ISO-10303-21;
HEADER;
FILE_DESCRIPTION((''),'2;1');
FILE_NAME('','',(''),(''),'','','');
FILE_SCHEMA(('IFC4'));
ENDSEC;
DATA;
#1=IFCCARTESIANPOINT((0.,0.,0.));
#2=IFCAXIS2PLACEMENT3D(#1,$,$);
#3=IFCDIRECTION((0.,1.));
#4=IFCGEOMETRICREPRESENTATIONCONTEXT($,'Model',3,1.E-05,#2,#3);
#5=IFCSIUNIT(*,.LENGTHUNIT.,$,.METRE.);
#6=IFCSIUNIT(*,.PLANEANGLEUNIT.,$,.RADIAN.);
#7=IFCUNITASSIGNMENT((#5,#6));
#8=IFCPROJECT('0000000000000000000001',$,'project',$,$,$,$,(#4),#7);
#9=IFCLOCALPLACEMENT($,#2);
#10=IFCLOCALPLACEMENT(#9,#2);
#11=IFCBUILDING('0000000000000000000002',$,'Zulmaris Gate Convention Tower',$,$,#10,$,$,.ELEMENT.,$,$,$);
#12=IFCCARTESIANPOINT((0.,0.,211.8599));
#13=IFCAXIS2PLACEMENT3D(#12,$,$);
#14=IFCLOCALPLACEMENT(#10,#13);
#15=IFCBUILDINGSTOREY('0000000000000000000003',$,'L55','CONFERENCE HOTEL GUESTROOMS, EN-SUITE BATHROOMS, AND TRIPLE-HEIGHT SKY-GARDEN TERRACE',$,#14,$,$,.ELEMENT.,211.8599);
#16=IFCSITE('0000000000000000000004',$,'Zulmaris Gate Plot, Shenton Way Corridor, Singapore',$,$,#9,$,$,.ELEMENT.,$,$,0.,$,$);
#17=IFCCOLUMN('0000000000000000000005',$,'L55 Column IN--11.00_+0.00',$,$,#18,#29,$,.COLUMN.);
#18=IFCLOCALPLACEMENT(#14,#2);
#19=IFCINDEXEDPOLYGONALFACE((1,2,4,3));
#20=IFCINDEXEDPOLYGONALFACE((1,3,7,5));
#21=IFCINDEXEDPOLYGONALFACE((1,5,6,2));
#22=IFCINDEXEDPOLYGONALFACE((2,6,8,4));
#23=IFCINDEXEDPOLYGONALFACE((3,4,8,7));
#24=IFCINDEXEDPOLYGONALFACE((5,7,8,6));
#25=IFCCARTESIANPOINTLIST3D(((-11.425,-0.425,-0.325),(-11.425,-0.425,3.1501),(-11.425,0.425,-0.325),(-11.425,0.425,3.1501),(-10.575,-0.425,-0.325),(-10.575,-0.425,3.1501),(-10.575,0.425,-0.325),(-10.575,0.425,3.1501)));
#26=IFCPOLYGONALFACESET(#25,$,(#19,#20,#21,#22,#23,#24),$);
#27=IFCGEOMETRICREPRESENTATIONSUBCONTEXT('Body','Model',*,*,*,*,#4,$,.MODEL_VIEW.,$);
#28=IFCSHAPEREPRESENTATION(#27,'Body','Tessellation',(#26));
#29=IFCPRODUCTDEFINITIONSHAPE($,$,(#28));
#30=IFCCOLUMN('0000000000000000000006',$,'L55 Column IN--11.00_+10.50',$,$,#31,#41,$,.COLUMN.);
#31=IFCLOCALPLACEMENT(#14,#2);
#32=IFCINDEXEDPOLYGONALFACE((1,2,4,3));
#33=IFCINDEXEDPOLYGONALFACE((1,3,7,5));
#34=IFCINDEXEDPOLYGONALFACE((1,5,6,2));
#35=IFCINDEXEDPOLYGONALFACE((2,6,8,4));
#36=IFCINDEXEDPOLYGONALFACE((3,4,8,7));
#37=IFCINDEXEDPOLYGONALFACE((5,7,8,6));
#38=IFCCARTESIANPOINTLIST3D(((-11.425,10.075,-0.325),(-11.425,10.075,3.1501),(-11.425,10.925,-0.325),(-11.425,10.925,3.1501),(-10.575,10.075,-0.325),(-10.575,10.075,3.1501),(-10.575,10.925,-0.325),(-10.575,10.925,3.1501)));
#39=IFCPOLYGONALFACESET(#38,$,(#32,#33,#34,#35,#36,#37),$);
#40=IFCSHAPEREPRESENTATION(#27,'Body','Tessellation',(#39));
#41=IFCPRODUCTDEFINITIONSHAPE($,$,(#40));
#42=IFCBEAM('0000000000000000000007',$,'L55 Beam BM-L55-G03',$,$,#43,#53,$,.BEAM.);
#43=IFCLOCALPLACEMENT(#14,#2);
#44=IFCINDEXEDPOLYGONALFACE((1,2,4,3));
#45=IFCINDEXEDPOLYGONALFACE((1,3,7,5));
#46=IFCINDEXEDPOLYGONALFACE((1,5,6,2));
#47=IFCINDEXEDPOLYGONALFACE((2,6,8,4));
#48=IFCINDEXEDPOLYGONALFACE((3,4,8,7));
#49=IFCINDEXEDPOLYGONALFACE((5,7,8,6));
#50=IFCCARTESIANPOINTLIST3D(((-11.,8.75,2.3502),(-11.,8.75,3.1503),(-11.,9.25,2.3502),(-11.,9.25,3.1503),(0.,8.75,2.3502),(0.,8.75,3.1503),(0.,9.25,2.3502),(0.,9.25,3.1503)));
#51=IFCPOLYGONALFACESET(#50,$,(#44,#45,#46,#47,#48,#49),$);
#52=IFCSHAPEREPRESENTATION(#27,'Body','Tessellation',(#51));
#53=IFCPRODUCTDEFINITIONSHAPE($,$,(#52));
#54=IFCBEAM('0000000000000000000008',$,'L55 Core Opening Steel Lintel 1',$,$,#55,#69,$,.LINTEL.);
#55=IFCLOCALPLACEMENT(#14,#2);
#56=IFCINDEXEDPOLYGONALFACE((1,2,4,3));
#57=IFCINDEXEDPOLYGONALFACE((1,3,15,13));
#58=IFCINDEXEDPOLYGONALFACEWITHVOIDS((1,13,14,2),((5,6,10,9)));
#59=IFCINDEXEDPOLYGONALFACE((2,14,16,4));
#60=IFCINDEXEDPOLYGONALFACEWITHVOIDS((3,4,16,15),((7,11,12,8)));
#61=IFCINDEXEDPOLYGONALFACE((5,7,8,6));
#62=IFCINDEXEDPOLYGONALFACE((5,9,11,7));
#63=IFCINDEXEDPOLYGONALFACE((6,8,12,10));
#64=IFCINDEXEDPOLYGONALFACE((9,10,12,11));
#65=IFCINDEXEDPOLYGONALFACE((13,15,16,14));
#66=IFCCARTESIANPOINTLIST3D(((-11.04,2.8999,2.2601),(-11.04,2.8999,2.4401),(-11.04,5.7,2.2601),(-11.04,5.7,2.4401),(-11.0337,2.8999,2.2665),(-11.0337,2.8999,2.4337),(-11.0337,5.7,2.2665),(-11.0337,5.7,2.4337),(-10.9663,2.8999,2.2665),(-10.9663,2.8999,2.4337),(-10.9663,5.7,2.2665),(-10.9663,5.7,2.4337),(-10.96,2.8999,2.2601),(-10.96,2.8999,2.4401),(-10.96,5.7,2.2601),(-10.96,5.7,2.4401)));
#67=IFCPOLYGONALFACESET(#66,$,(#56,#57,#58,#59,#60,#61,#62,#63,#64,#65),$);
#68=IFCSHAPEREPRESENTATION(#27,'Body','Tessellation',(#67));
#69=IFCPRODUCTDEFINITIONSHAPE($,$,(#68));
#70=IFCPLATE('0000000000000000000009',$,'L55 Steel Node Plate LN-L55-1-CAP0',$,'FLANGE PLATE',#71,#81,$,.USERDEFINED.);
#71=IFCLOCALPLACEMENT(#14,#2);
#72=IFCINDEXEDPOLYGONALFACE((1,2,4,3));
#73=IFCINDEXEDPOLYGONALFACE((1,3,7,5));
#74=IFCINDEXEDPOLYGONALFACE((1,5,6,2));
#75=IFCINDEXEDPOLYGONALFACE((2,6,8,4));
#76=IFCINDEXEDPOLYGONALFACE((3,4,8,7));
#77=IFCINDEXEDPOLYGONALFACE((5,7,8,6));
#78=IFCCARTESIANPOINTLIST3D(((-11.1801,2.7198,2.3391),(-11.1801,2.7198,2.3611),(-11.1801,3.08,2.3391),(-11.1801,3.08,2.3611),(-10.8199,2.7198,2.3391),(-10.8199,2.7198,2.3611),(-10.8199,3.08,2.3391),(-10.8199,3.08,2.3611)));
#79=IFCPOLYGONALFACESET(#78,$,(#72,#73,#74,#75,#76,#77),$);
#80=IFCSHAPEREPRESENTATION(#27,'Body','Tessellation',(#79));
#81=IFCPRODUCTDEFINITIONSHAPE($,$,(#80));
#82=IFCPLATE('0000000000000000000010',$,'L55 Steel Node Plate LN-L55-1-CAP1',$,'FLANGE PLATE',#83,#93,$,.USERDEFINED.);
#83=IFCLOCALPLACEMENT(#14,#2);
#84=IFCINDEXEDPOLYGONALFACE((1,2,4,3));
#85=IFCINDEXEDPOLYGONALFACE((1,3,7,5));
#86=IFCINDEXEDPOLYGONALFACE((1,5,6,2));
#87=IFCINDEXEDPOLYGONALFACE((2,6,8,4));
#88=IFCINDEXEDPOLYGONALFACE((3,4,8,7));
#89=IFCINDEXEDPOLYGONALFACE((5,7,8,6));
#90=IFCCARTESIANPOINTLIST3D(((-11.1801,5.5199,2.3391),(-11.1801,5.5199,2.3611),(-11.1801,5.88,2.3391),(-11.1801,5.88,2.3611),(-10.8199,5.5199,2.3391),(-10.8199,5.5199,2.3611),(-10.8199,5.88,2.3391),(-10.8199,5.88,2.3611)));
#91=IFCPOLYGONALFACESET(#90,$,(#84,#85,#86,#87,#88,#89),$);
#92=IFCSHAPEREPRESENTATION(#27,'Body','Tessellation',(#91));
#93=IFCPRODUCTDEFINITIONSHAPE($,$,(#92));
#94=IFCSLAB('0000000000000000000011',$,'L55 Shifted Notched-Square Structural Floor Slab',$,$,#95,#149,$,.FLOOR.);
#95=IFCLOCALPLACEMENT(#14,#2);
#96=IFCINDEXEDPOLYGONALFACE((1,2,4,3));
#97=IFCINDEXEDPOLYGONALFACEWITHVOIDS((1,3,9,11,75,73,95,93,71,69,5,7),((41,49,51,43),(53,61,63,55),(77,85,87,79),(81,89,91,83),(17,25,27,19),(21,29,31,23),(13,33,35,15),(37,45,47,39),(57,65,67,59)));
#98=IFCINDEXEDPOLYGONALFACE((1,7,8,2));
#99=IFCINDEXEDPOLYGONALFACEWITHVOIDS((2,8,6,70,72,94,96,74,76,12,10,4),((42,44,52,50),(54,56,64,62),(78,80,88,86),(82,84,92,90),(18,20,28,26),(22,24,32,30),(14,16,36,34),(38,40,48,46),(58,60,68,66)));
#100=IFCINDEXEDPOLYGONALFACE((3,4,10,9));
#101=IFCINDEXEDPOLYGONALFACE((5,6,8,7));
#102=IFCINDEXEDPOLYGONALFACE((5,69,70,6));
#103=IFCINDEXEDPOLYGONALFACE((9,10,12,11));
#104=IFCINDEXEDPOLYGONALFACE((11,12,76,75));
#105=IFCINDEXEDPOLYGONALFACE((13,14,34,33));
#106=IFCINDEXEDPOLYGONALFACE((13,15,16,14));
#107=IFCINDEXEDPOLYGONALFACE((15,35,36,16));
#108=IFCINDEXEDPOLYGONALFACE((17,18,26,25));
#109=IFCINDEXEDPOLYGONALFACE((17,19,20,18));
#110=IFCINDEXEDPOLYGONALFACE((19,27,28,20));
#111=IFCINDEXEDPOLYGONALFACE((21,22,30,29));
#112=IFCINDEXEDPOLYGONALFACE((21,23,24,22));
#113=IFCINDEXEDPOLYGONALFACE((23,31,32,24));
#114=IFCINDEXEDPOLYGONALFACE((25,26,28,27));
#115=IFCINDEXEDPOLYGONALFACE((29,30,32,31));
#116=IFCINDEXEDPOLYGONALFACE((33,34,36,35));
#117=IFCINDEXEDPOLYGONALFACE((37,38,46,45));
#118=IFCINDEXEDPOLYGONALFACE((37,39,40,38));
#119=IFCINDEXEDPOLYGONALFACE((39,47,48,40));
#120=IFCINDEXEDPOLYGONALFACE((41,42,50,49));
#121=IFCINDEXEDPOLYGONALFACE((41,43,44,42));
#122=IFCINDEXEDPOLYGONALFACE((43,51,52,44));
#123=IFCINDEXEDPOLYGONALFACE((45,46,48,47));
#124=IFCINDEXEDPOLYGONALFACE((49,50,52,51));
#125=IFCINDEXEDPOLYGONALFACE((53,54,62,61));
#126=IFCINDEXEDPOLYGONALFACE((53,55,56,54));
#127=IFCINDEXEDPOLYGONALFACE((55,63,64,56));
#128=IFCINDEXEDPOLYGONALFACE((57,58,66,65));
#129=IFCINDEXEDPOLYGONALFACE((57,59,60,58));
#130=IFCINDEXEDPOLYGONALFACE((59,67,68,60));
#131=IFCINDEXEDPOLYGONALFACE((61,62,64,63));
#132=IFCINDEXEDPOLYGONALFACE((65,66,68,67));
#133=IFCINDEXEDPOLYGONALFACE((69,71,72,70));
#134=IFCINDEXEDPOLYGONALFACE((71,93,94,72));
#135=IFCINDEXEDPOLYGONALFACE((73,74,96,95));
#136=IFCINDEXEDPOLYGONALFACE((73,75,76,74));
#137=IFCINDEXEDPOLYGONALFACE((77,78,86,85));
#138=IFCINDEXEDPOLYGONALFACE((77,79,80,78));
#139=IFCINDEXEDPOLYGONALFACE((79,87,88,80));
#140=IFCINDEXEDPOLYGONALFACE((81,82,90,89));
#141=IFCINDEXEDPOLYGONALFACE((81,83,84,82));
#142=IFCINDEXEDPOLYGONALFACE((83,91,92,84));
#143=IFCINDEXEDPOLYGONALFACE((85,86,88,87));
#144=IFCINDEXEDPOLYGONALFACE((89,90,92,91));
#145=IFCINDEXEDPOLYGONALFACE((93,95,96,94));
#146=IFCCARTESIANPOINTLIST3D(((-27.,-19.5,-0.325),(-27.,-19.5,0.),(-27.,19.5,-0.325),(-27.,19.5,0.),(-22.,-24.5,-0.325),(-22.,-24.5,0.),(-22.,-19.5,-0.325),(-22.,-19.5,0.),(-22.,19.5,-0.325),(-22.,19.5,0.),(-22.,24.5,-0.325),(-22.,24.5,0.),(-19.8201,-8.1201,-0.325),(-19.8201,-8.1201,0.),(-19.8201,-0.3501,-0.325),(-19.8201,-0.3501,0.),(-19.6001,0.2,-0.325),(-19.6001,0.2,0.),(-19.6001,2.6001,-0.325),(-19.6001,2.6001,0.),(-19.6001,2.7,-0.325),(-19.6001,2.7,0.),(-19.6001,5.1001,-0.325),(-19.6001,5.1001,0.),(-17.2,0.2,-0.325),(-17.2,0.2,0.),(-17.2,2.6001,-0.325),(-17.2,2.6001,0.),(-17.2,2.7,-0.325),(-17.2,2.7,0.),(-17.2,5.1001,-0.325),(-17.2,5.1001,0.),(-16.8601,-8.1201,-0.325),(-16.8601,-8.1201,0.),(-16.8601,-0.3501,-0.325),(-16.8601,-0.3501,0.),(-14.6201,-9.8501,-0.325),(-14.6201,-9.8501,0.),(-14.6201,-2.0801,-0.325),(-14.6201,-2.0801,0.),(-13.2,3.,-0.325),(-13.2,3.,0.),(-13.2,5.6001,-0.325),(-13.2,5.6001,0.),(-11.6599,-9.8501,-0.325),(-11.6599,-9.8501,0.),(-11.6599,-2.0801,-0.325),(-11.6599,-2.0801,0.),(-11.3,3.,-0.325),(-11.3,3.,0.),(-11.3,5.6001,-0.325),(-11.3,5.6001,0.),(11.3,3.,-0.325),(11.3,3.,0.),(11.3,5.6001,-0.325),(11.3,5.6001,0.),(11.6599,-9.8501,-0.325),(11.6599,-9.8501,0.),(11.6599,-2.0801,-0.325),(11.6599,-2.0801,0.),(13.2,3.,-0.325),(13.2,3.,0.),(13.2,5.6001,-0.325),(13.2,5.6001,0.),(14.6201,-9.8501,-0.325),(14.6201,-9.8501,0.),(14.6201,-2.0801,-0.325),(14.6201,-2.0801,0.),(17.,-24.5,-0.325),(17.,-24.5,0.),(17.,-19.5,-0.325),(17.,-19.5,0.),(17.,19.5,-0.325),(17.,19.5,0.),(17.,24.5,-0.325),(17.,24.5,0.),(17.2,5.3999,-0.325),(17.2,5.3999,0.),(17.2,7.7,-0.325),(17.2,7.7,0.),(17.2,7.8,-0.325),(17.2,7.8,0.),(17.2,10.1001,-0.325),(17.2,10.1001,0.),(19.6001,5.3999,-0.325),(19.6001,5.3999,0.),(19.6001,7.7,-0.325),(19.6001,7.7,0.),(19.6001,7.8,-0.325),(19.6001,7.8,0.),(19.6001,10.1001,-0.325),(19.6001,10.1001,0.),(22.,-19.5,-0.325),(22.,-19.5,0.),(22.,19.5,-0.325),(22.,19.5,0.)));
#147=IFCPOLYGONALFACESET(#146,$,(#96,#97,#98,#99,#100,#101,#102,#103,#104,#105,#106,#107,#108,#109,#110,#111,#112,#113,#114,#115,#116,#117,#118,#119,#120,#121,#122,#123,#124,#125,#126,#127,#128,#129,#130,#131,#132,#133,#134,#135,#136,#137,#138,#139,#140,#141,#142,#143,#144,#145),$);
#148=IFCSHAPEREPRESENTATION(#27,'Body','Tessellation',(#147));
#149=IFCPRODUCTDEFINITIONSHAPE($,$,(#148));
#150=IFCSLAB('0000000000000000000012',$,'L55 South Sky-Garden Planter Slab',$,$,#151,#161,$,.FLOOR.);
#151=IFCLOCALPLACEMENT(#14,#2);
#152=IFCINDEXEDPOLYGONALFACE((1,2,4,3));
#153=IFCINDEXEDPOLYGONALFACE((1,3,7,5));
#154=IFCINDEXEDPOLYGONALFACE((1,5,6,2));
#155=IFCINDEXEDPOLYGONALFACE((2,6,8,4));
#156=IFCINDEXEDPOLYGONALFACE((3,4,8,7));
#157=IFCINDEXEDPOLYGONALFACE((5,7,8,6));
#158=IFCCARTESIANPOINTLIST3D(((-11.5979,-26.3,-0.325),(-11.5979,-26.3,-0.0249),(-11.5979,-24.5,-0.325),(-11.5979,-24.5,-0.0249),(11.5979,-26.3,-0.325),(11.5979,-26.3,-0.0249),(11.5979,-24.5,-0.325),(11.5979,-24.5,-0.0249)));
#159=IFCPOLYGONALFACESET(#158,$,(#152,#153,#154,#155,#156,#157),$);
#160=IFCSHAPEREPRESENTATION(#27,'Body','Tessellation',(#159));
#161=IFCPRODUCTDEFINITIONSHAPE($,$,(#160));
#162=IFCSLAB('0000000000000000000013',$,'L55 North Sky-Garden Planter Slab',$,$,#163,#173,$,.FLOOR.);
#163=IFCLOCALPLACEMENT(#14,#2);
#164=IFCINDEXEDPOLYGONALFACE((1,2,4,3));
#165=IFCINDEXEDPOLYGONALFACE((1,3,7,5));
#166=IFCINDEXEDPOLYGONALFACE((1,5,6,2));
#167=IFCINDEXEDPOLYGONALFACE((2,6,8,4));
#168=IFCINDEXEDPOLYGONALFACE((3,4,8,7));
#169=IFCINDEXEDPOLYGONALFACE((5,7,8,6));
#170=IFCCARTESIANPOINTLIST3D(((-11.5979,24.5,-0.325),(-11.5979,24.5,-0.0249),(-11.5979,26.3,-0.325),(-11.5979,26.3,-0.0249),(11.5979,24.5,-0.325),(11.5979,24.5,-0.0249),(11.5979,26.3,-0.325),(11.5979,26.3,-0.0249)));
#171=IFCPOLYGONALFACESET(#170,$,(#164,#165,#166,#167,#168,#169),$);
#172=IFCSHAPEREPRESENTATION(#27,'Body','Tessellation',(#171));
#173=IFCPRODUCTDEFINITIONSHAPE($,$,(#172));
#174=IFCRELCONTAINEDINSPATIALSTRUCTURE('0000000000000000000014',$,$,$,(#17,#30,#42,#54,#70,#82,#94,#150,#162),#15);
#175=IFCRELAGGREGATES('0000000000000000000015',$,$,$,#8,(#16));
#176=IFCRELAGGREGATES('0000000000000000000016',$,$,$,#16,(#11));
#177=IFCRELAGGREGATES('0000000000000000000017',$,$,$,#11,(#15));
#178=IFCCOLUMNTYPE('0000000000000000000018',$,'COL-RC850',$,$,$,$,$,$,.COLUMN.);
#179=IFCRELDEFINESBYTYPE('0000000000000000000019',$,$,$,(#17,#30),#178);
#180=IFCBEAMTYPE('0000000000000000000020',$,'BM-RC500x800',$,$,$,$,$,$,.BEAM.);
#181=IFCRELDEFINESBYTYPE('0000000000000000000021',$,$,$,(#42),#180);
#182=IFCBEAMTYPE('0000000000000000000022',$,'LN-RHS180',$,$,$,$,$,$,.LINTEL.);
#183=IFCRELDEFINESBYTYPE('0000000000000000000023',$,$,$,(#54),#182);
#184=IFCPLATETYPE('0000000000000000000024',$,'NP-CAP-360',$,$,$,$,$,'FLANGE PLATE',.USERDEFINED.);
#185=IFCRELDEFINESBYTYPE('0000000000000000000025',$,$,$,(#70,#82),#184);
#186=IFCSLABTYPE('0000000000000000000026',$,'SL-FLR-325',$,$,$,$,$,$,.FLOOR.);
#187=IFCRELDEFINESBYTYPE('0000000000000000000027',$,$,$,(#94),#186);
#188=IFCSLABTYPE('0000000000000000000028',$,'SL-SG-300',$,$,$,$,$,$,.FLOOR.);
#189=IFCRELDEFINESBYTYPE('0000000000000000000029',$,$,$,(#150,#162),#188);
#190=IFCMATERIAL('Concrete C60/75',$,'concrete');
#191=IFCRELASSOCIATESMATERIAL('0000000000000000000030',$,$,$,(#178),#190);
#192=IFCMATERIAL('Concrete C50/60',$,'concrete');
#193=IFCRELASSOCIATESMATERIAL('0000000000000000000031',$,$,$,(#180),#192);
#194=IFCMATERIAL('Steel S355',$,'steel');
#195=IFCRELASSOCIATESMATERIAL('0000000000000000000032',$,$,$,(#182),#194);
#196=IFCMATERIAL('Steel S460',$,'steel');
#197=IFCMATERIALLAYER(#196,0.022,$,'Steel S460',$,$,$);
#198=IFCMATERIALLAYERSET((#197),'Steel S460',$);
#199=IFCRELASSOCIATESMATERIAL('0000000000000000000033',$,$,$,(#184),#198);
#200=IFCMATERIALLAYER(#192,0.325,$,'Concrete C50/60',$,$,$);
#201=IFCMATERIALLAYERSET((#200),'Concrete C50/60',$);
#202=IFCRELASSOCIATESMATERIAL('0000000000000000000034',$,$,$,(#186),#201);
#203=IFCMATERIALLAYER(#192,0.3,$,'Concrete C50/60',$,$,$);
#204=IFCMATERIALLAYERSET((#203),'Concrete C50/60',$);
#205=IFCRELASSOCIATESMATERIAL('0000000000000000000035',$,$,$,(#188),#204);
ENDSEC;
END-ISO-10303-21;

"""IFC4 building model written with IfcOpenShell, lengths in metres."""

from ifc_helpers import new_model, si_unit, direction, frame, origin, origin_2d, place, context, subcontext, project, spatial, polyline, rectangle, hollow_rectangle, outline, extrude, material, layer, layer_set, material_profile, profile_set, type_object, element, save


model = new_model("IFC4")

# Units and contexts
model_context = context("Model", 3, precision=1e-05, world=origin(), true_north=direction((0.0, 1.0)))
body_context = subcontext(model_context, "Body", "Model", "MODEL_VIEW")
ifc_project = project(units=[si_unit("LENGTHUNIT", "METRE"), si_unit("PLANEANGLEUNIT", "RADIAN")], contexts=[model_context])

# Site, building, storey
site_placement = place(None, origin())
site = spatial("IfcSite", under=ifc_project, at=site_placement, Name="Zulmaris Gate Plot, Shenton Way Corridor, Singapore", CompositionType="ELEMENT", RefElevation=0.0)
building_placement = place(site_placement, origin())
building = spatial("IfcBuilding", under=site, at=building_placement, Name="Zulmaris Gate Convention Tower", CompositionType="ELEMENT")
storey_placement = place(building_placement, frame((0.0, 0.0, 211.8599)))
storey = spatial("IfcBuildingStorey", under=building, at=storey_placement, Name="L55", Description="CONFERENCE HOTEL GUESTROOMS, EN-SUITE BATHROOMS, AND TRIPLE-HEIGHT SKY-GARDEN TERRACE", CompositionType="ELEMENT", Elevation=211.8599)

# Columns
ifc_material_1 = material(Name="Concrete C60/75", Category="concrete")
ifc_material_profile_1 = material_profile(ifc_material_1, rectangle(XDim=0.8501, YDim=0.8501, at=origin_2d()), Name="RC COL 850x850")
ifc_profile_set_1 = profile_set([ifc_material_profile_1], Name="Concrete C60/75")
column_type = type_object("IfcColumnType", Name="COL-RC850", PredefinedType="COLUMN", material=ifc_profile_set_1)
for number, where, z_axis, x_axis, name in (
    (1, (-11.0, 0.0, -0.325), (0.0, 0.0, 1.0), (1.0, 0.0, 0.0), "L55 Column IN--11.00_+0.00"),
    (2, (-11.0, 10.5, -0.325), (0.0, 0.0, 1.0), (1.0, 0.0, 0.0), "L55 Column IN--11.00_+10.50"),
):
    element("IfcColumn", number, at=place(storey_placement, frame(where, z_axis=z_axis, x_axis=x_axis)), inside=storey, type_object=column_type, Name=name, PredefinedType="COLUMN", context=body_context, shape_type="SweptSolid", body=[
        extrude(rectangle(XDim=0.8501, YDim=0.8501, at=origin_2d()), origin(), (0.0, 0.0, 1.0), 3.4751),
    ])

# Beams
ifc_material_2 = material(Name="Concrete C50/60", Category="concrete")
ifc_material_profile_2 = material_profile(ifc_material_2, rectangle(XDim=0.5, YDim=0.8, at=origin_2d()), Name="RC BEAM 500x800")
ifc_profile_set_2 = profile_set([ifc_material_profile_2], Name="Concrete C50/60")
beam_type_1 = type_object("IfcBeamType", Name="BM-RC500x800", PredefinedType="BEAM", material=ifc_profile_set_2)
beam_1_placement = place(storey_placement, frame((-11.0, 9.0, 2.7502), z_axis=(1.0, 0.0, 0.0), x_axis=(0.0, 1.0, 0.0)))
element("IfcBeam", 3, at=beam_1_placement, inside=storey, type_object=beam_type_1, Name="L55 Beam BM-L55-G03", PredefinedType="BEAM", context=body_context, shape_type="SweptSolid", body=[
    extrude(rectangle(XDim=0.5, YDim=0.8, at=origin_2d()), origin(), (0.0, 0.0, 1.0), 11.0),
])
ifc_material_3 = material(Name="Steel S355", Category="steel")
ifc_material_profile_3 = material_profile(ifc_material_3, hollow_rectangle(XDim=0.0801, YDim=0.1799, WallThickness=0.0063, at=origin_2d()), Name="RHS 180x80x6.3")
ifc_profile_set_3 = profile_set([ifc_material_profile_3], Name="Steel S355")
beam_type_2 = type_object("IfcBeamType", Name="LN-RHS180", PredefinedType="LINTEL", material=ifc_profile_set_3)
beam_2_placement = place(storey_placement, frame((-11.0, 2.8999, 2.3501), z_axis=(0.0, 1.0, 0.0), x_axis=(-1.0, 0.0, 0.0)))
element("IfcBeam", 4, at=beam_2_placement, inside=storey, type_object=beam_type_2, Name="L55 Core Opening Steel Lintel 1", PredefinedType="LINTEL", context=body_context, shape_type="SweptSolid", body=[
    extrude(hollow_rectangle(XDim=0.0801, YDim=0.1799, WallThickness=0.0063, at=origin_2d()), origin(), (0.0, 0.0, 1.0), 2.8),
])

# Plates
ifc_material_4 = material(Name="Steel S460", Category="steel")
ifc_layer_1 = layer(ifc_material_4, 0.022, Name="Steel S460")
ifc_layer_set_1 = layer_set([ifc_layer_1], Name="Steel S460")
plate_type = type_object("IfcPlateType", Name="NP-CAP-360", ElementType="FLANGE PLATE", PredefinedType="USERDEFINED", material=ifc_layer_set_1)
for number, where, z_axis, x_axis, name in (
    (5, (-11.0, 2.8999, 2.3391), (0.0, 0.0, 1.0), (1.0, 0.0, 0.0), "L55 Steel Node Plate LN-L55-1-CAP0"),
    (6, (-11.0, 5.7, 2.3391), (0.0, 0.0, 1.0), (1.0, 0.0, 0.0), "L55 Steel Node Plate LN-L55-1-CAP1"),
):
    element("IfcPlate", number, at=place(storey_placement, frame(where, z_axis=z_axis, x_axis=x_axis)), inside=storey, type_object=plate_type, Name=name, ObjectType="FLANGE PLATE", PredefinedType="USERDEFINED", context=body_context, shape_type="SweptSolid", body=[
        extrude(rectangle(XDim=0.3601, YDim=0.3601, at=origin_2d()), origin(), (0.0, 0.0, 1.0), 0.022),
    ])

# Slabs
ifc_layer_2 = layer(ifc_material_2, 0.325, Name="Concrete C50/60")
ifc_layer_set_2 = layer_set([ifc_layer_2], Name="Concrete C50/60")
slab_type_1 = type_object("IfcSlabType", Name="SL-FLR-325", PredefinedType="FLOOR", material=ifc_layer_set_2)
slab_1_placement = place(storey_placement, frame((0.0, 0.0, -0.325)))
element("IfcSlab", 7, at=slab_1_placement, inside=storey, type_object=slab_type_1, Name="L55 Shifted Notched-Square Structural Floor Slab", PredefinedType="FLOOR", context=body_context, shape_type="SweptSolid", body=[
    extrude(outline(polyline([(-22.0, -24.5), (17.0, -24.5), (17.0, -19.5), (22.0, -19.5), (22.0, 19.5), (17.0, 19.5), (17.0, 24.5), (-22.0, 24.5), (-22.0, 19.5), (-27.0, 19.5), (-27.0, -19.5), (-22.0, -19.5), (-22.0, -24.5)]), holes=[polyline([(-14.6201, -2.0801), (-14.6201, -9.8501), (-11.6599, -9.8501), (-11.6599, -2.0801), (-14.6201, -2.0801)]), polyline([(11.6599, -2.0801), (11.6599, -9.8501), (14.6201, -9.8501), (14.6201, -2.0801), (11.6599, -2.0801)]), polyline([(-16.8601, -8.1201), (-16.8601, -0.3501), (-19.8201, -0.3501), (-19.8201, -8.1201), (-16.8601, -8.1201)]), polyline([(-13.2, 3.0), (-11.3, 3.0), (-11.3, 5.6001), (-13.2, 5.6001), (-13.2, 3.0)]), polyline([(11.3, 3.0), (13.2, 3.0), (13.2, 5.6001), (11.3, 5.6001), (11.3, 3.0)]), polyline([(17.2, 5.3999), (19.6001, 5.3999), (19.6001, 7.7), (17.2, 7.7), (17.2, 5.3999)]), polyline([(17.2, 7.8), (19.6001, 7.8), (19.6001, 10.1001), (17.2, 10.1001), (17.2, 7.8)]), polyline([(-19.6001, 0.2), (-17.2, 0.2), (-17.2, 2.6001), (-19.6001, 2.6001), (-19.6001, 0.2)]), polyline([(-19.6001, 2.7), (-17.2, 2.7), (-17.2, 5.1001), (-19.6001, 5.1001), (-19.6001, 2.7)])]), origin(), (0.0, 0.0, 1.0), 0.325),
])
ifc_layer_3 = layer(ifc_material_2, 0.3, Name="Concrete C50/60")
ifc_layer_set_3 = layer_set([ifc_layer_3], Name="Concrete C50/60")
slab_type_2 = type_object("IfcSlabType", Name="SL-SG-300", PredefinedType="FLOOR", material=ifc_layer_set_3)
slab_2_placement = place(storey_placement, frame((0.0, 0.0, -0.325)))
element("IfcSlab", 8, at=slab_2_placement, inside=storey, type_object=slab_type_2, Name="L55 South Sky-Garden Planter Slab", PredefinedType="FLOOR", context=body_context, shape_type="SweptSolid", body=[
    extrude(outline(polyline([(-11.5979, -26.3), (-11.5979, -24.5), (11.5979, -24.5), (11.5979, -26.3), (-11.5979, -26.3)])), origin(), (0.0, 0.0, 1.0), 0.3),
])
slab_3_placement = place(storey_placement, frame((0.0, 0.0, -0.325)))
element("IfcSlab", 9, at=slab_3_placement, inside=storey, type_object=slab_type_2, Name="L55 North Sky-Garden Planter Slab", PredefinedType="FLOOR", context=body_context, shape_type="SweptSolid", body=[
    extrude(outline(polyline([(11.5979, 26.3), (11.5979, 24.5), (-11.5979, 24.5), (-11.5979, 26.3), (11.5979, 26.3)])), origin(), (0.0, 0.0, 1.0), 0.3),
])

save(model, "model.ifc")
